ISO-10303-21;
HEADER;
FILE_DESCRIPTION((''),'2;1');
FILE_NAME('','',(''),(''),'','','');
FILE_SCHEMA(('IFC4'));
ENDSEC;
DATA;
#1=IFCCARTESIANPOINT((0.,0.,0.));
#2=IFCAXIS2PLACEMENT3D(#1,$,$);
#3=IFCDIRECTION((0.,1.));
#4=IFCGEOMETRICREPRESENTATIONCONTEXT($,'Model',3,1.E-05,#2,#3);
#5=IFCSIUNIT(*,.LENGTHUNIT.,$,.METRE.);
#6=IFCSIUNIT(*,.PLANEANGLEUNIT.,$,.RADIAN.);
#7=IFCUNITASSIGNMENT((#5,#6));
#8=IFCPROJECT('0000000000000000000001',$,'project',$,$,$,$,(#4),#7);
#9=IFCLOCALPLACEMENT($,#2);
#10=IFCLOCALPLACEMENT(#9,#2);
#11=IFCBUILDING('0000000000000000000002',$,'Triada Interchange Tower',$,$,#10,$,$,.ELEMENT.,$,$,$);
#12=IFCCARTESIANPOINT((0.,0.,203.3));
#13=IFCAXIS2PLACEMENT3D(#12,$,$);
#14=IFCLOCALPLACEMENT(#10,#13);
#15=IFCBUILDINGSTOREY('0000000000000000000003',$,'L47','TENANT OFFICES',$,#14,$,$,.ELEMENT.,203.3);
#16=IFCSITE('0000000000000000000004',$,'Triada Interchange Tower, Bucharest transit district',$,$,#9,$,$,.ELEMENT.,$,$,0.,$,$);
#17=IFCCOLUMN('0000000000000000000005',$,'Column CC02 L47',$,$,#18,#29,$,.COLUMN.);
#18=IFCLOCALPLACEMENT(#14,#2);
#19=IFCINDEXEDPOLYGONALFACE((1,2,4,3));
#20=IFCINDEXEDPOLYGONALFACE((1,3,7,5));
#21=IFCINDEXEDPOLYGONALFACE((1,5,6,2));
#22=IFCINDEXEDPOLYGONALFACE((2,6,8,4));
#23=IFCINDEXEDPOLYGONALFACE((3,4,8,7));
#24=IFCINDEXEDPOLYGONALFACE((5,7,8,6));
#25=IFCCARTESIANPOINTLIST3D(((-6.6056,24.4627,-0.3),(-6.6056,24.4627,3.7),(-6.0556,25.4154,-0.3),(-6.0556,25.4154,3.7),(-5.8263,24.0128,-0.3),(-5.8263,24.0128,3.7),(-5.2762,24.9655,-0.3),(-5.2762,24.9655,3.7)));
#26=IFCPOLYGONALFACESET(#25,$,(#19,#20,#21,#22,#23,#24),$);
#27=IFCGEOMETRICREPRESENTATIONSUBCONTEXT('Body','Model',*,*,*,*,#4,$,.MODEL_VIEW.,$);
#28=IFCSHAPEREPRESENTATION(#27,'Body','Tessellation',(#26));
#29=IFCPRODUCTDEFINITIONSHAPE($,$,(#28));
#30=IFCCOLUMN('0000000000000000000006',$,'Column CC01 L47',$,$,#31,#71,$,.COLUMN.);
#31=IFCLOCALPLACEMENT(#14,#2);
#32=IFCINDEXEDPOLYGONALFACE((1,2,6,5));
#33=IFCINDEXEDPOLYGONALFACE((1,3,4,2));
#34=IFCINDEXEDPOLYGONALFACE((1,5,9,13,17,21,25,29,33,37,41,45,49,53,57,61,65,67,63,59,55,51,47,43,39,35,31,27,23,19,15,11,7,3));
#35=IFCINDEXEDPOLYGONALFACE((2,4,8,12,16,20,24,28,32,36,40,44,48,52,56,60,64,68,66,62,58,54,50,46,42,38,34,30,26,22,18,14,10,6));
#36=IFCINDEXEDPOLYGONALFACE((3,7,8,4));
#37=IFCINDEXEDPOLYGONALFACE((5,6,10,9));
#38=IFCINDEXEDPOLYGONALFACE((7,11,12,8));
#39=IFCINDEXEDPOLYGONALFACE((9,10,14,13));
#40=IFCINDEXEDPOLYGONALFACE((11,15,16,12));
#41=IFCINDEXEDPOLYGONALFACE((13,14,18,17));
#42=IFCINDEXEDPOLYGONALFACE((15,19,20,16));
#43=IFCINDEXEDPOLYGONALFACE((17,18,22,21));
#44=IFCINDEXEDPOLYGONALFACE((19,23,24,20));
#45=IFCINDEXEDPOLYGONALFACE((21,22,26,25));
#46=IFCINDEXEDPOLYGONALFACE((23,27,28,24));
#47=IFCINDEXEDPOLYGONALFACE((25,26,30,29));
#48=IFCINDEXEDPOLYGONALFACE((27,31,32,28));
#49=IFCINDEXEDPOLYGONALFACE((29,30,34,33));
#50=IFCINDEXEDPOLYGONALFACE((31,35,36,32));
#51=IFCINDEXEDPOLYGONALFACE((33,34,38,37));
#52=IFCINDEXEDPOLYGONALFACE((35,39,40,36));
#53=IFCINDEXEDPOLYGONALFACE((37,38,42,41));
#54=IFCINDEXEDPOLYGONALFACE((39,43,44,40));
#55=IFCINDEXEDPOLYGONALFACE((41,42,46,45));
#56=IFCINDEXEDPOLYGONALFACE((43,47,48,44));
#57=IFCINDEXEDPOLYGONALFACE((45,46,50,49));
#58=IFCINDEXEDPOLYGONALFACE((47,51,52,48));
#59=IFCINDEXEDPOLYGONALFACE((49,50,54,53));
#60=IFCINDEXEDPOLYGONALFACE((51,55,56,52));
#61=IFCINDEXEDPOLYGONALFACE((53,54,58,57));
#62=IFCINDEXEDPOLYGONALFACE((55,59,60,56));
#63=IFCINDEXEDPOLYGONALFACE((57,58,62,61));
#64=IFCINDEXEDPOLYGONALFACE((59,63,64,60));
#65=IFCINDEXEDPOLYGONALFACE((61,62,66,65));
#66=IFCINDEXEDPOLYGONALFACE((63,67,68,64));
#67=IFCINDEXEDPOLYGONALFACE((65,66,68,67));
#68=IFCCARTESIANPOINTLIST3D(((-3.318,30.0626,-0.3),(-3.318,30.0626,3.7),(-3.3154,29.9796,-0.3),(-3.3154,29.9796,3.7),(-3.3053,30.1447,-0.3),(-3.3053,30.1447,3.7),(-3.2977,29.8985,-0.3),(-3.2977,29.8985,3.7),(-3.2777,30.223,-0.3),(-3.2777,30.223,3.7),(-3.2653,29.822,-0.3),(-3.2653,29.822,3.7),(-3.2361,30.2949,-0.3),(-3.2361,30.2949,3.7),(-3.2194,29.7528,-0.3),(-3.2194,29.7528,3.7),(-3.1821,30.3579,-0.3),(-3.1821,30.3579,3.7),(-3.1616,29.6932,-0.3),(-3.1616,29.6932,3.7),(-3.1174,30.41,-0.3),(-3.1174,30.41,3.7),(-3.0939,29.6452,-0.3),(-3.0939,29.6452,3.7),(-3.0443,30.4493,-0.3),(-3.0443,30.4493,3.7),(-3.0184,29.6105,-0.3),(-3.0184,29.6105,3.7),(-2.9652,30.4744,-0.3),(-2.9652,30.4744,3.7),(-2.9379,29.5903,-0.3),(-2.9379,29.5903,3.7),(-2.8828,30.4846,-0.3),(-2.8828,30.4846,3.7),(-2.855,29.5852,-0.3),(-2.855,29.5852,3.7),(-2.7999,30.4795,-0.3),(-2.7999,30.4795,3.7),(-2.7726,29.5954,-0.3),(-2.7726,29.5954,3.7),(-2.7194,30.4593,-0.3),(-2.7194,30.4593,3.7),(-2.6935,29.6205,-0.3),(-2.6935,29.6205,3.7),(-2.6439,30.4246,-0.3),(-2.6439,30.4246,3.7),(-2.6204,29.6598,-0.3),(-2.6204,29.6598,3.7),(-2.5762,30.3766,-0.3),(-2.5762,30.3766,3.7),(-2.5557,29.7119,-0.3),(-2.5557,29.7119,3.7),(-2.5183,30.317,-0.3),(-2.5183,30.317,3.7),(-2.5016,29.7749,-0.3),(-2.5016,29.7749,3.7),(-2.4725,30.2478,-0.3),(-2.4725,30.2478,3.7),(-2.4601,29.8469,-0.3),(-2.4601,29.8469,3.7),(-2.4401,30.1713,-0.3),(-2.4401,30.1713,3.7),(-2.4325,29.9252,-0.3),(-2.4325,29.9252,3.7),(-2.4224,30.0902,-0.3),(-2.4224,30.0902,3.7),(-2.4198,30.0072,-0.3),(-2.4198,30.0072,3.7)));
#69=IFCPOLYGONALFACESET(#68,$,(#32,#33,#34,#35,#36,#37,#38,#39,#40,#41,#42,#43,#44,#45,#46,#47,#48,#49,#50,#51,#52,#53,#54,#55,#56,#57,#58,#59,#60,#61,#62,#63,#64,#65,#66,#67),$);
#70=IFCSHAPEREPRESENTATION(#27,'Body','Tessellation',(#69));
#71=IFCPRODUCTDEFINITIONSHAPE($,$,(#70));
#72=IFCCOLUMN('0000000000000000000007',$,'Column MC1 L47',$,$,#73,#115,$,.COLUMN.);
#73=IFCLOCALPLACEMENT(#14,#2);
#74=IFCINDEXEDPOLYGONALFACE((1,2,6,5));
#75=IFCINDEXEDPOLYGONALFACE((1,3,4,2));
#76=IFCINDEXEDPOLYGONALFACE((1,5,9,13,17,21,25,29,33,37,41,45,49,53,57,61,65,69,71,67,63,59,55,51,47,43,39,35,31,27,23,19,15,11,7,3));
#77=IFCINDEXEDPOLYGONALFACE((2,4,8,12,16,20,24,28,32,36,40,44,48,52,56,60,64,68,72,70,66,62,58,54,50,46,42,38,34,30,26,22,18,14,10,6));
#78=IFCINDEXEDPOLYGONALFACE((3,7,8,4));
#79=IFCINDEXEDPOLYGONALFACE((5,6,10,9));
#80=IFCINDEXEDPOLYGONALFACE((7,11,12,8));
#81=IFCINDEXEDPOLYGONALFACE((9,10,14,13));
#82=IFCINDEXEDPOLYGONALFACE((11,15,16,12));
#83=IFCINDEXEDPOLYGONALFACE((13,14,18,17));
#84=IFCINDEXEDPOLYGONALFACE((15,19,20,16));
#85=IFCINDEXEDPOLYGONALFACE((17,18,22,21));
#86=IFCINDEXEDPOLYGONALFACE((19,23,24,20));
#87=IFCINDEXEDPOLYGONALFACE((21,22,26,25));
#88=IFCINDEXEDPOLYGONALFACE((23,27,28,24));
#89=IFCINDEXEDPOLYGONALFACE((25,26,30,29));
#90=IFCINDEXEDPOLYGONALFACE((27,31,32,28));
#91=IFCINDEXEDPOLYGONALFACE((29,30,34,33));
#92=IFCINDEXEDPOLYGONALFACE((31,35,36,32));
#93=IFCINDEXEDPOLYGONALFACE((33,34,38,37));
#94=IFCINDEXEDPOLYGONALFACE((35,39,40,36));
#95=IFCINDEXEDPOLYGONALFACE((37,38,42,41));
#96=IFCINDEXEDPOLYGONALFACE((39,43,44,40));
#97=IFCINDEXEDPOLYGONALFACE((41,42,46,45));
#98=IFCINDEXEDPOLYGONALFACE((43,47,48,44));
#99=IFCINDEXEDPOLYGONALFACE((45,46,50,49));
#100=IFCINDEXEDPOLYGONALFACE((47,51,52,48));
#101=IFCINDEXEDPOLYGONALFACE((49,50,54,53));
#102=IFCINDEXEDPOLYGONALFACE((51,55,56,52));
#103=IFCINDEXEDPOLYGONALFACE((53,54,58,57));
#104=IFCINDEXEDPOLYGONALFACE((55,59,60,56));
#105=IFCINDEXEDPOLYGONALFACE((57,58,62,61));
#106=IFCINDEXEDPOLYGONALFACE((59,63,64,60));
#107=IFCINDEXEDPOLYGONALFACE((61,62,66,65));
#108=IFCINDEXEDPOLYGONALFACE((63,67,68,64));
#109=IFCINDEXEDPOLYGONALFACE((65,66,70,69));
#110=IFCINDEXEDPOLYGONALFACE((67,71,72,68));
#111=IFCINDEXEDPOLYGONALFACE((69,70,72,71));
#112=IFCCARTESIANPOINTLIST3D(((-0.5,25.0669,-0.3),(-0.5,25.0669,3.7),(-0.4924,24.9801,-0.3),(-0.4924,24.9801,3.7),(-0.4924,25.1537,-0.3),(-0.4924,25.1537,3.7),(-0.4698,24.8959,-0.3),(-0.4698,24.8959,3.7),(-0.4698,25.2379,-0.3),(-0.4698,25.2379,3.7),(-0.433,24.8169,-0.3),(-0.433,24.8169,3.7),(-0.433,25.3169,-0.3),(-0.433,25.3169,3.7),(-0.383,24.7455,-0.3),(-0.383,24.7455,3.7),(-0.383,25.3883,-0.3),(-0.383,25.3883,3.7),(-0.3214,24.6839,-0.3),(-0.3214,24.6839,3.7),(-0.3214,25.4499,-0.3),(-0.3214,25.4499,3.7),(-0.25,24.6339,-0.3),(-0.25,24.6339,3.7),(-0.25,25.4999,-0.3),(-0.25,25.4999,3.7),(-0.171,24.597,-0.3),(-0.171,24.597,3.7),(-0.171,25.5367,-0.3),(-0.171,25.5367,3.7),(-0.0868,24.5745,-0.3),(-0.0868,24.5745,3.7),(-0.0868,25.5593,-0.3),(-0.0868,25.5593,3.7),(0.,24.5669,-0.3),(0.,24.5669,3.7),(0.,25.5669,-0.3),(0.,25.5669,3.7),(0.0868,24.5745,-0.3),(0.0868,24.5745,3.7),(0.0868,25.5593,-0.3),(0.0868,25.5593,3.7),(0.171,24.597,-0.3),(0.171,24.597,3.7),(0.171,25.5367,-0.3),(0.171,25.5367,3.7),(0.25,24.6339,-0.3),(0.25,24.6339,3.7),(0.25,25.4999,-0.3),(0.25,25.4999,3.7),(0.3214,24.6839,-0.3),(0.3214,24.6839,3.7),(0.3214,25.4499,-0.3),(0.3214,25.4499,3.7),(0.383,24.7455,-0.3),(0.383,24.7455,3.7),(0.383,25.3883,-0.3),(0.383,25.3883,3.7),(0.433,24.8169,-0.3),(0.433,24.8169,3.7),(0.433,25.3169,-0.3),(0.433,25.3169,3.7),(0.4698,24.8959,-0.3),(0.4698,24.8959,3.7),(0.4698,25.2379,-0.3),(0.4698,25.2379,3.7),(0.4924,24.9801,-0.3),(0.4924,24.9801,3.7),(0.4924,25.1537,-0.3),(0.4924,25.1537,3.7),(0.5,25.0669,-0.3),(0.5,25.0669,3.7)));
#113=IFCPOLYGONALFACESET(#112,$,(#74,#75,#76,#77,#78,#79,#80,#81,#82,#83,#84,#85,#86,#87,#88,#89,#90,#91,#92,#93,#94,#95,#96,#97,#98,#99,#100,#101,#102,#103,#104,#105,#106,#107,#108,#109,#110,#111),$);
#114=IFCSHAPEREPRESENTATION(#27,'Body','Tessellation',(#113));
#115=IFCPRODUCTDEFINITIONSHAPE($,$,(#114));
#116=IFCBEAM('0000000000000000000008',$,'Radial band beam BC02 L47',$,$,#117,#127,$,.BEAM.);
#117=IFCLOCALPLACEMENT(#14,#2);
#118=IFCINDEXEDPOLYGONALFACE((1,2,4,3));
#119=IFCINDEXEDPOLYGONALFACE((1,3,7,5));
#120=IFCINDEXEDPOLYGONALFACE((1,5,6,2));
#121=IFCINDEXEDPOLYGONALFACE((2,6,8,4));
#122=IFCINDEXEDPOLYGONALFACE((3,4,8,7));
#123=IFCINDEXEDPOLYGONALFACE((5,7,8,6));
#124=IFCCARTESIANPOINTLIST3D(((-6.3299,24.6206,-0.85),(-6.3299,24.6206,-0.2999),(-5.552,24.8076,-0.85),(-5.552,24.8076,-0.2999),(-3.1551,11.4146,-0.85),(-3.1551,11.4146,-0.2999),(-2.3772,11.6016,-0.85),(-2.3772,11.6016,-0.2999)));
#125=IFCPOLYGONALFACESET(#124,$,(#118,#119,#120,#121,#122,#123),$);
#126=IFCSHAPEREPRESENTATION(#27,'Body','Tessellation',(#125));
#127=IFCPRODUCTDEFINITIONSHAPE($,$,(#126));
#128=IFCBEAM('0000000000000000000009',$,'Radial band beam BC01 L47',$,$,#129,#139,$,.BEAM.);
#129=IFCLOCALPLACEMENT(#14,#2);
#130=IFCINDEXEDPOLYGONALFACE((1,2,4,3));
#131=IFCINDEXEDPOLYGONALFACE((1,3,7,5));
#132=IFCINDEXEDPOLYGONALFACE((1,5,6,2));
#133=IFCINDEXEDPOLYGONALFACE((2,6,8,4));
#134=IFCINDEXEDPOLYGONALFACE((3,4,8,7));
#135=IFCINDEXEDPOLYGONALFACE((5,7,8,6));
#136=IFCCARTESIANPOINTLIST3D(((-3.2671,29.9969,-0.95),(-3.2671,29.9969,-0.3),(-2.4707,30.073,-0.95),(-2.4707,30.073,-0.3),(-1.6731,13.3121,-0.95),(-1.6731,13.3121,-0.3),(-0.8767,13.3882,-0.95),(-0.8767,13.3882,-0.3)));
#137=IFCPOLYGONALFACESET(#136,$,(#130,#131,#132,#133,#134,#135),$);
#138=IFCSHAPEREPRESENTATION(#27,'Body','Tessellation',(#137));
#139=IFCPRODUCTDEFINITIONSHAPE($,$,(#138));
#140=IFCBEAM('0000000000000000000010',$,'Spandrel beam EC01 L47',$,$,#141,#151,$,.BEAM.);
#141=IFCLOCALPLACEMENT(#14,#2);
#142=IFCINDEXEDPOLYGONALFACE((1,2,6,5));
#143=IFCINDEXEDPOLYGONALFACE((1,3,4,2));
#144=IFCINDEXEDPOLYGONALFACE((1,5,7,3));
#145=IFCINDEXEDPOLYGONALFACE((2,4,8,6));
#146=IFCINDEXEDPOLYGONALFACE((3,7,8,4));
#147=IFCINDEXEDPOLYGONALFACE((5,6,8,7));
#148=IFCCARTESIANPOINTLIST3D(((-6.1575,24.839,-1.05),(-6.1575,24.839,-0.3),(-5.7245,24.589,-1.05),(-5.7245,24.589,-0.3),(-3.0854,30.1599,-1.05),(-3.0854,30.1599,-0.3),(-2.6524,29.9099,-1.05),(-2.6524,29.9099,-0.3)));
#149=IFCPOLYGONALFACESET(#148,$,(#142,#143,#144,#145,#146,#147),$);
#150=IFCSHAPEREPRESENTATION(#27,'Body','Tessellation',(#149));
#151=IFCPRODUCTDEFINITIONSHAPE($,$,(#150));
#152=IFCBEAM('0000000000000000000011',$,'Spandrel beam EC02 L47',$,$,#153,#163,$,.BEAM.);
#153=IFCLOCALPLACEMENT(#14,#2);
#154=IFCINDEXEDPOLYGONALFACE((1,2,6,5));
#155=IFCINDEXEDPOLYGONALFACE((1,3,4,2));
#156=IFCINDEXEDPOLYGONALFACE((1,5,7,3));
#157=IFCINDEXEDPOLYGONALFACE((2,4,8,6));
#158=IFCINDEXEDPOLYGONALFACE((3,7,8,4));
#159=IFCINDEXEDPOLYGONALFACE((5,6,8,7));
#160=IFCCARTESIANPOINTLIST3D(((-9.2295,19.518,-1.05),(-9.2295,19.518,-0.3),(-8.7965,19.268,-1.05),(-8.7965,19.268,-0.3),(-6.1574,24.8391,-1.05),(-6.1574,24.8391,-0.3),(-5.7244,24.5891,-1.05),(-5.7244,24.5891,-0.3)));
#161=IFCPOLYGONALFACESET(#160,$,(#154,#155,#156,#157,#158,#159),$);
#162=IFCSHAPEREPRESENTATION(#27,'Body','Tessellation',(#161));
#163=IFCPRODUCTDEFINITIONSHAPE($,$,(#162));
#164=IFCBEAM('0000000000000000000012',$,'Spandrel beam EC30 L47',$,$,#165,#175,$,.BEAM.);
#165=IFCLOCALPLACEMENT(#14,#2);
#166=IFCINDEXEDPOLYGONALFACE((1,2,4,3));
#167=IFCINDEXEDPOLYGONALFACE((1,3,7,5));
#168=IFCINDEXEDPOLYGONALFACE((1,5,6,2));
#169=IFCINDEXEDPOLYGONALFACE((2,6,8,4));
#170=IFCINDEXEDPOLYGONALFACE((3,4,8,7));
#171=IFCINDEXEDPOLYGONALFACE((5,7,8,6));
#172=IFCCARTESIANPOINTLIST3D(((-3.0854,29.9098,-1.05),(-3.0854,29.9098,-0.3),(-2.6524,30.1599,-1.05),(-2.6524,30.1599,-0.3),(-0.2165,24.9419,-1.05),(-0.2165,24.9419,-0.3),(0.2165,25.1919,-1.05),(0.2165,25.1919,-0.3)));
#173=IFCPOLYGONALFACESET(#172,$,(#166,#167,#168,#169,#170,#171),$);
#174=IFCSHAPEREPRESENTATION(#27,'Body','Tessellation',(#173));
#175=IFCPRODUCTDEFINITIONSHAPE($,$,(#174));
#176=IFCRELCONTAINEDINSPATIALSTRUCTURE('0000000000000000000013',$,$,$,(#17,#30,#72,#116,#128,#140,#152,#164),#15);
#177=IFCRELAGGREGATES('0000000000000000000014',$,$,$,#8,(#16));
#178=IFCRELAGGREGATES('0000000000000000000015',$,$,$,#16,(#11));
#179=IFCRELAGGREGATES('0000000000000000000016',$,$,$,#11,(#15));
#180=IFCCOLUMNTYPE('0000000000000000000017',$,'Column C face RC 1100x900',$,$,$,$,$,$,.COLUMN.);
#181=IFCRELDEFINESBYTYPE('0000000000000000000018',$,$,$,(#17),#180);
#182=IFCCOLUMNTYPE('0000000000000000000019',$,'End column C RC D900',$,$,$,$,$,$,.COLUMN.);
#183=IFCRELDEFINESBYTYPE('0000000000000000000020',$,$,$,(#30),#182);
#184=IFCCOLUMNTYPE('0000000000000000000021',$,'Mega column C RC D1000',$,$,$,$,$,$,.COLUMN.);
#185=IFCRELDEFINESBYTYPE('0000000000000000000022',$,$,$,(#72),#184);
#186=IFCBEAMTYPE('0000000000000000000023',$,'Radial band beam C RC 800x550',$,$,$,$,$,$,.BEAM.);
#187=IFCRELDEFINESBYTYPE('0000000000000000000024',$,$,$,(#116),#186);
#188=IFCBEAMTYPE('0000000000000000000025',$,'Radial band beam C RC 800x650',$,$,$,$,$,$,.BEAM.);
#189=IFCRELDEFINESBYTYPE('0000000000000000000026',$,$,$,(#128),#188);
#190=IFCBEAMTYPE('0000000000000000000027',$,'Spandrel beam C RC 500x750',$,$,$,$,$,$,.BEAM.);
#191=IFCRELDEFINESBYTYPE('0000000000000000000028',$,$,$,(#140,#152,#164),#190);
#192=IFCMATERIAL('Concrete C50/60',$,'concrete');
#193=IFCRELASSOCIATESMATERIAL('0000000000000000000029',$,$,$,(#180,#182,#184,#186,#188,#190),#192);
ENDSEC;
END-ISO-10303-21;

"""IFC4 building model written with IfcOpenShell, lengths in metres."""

from ifc_helpers import new_model, si_unit, direction, frame, origin, origin_2d, place, context, subcontext, project, spatial, rectangle, circle, extrude, material, material_profile, profile_set, type_object, element, save


model = new_model("IFC4")

# Units and contexts
model_context = context("Model", 3, precision=1e-05, world=origin(), true_north=direction((0.0, 1.0)))
body_context = subcontext(model_context, "Body", "Model", "MODEL_VIEW")
ifc_project = project(units=[si_unit("LENGTHUNIT", "METRE"), si_unit("PLANEANGLEUNIT", "RADIAN")], contexts=[model_context])

# Site, building, storey
site_placement = place(None, origin())
site = spatial("IfcSite", under=ifc_project, at=site_placement, Name="Triada Interchange Tower, Bucharest transit district", CompositionType="ELEMENT", RefElevation=0.0)
building_placement = place(site_placement, origin())
building = spatial("IfcBuilding", under=site, at=building_placement, Name="Triada Interchange Tower", CompositionType="ELEMENT")
storey_placement = place(building_placement, frame((0.0, 0.0, 203.3)))
storey = spatial("IfcBuildingStorey", under=building, at=storey_placement, Name="L47", Description="TENANT OFFICES", CompositionType="ELEMENT", Elevation=203.3)

# Columns
ifc_material_1 = material(Name="Concrete C50/60", Category="concrete")
ifc_material_profile_1 = material_profile(ifc_material_1, rectangle(XDim=1.1001, YDim=0.8999, at=origin_2d()), Name="RC 1100x900")
ifc_profile_set_1 = profile_set([ifc_material_profile_1], Name="Concrete C50/60")
column_type_1 = type_object("IfcColumnType", Name="Column C face RC 1100x900", PredefinedType="COLUMN", material=ifc_profile_set_1)
column_1_placement = place(storey_placement, frame((-5.9409, 24.7141, -0.3), z_axis=(0.0, 0.0, 1.0), x_axis=(0.5, 0.866025, 0.0)))
element("IfcColumn", 1, at=column_1_placement, inside=storey, type_object=column_type_1, Name="Column CC02 L47", PredefinedType="COLUMN", context=body_context, shape_type="SweptSolid", body=[
    extrude(rectangle(XDim=1.1001, YDim=0.8999, at=origin_2d()), origin(), (0.0, 0.0, 1.0), 4.0),
])
ifc_material_profile_2 = material_profile(ifc_material_1, circle(Radius=0.45, at=origin_2d()), Name="RC D900")
ifc_profile_set_2 = profile_set([ifc_material_profile_2], Name="Concrete C50/60")
column_type_2 = type_object("IfcColumnType", Name="End column C RC D900", PredefinedType="COLUMN", material=ifc_profile_set_2)
column_2_placement = place(storey_placement, frame((-2.8689, 30.0349, -0.3), z_axis=(0.0, 0.0, 1.0), x_axis=(0.5, 0.866025, 0.0)))
element("IfcColumn", 2, at=column_2_placement, inside=storey, type_object=column_type_2, Name="Column CC01 L47", PredefinedType="COLUMN", context=body_context, shape_type="SweptSolid", body=[
    extrude(circle(Radius=0.45, at=origin_2d()), origin(), (0.0, 0.0, 1.0), 4.0),
])
ifc_material_profile_3 = material_profile(ifc_material_1, circle(Radius=0.5, at=origin_2d()), Name="RC D1000")
ifc_profile_set_3 = profile_set([ifc_material_profile_3], Name="Concrete C50/60")
column_type_3 = type_object("IfcColumnType", Name="Mega column C RC D1000", PredefinedType="COLUMN", material=ifc_profile_set_3)
column_3_placement = place(storey_placement, frame((0.0, 25.0669, -0.3), z_axis=(0.0, 0.0, 1.0), x_axis=(1.0, 0.0, 0.0)))
element("IfcColumn", 3, at=column_3_placement, inside=storey, type_object=column_type_3, Name="Column MC1 L47", PredefinedType="COLUMN", context=body_context, shape_type="SweptSolid", body=[
    extrude(circle(Radius=0.5, at=origin_2d()), origin(), (0.0, 0.0, 1.0), 4.0),
])

# Beams
ifc_material_profile_4 = material_profile(ifc_material_1, rectangle(XDim=0.8, YDim=0.55, at=origin_2d()), Name="RC 800x550")
ifc_profile_set_4 = profile_set([ifc_material_profile_4], Name="Concrete C50/60")
beam_type_1 = type_object("IfcBeamType", Name="Radial band beam C RC 800x550", PredefinedType="BEAM", material=ifc_profile_set_4)
beam_1_placement = place(storey_placement, frame((-5.9409, 24.7141, -0.575), z_axis=(0.233745, -0.972298, 0.0), x_axis=(0.972298, 0.233745, 0.0)))
element("IfcBeam", 4, at=beam_1_placement, inside=storey, type_object=beam_type_1, Name="Radial band beam BC02 L47", PredefinedType="BEAM", context=body_context, shape_type="SweptSolid", body=[
    extrude(rectangle(XDim=0.8, YDim=0.55, at=origin_2d()), origin(), (0.0, 0.0, 1.0), 13.5823),
])
ifc_material_profile_5 = material_profile(ifc_material_1, rectangle(XDim=0.8, YDim=0.6499, at=origin_2d()), Name="RC 800x650")
ifc_profile_set_5 = profile_set([ifc_material_profile_5], Name="Concrete C50/60")
beam_type_2 = type_object("IfcBeamType", Name="Radial band beam C RC 800x650", PredefinedType="BEAM", material=ifc_profile_set_5)
beam_2_placement = place(storey_placement, frame((-2.8689, 30.0349, -0.625), z_axis=(0.095103, -0.995467, 0.0), x_axis=(0.995467, 0.095103, 0.0)))
element("IfcBeam", 5, at=beam_2_placement, inside=storey, type_object=beam_type_2, Name="Radial band beam BC01 L47", PredefinedType="BEAM", context=body_context, shape_type="SweptSolid", body=[
    extrude(rectangle(XDim=0.8, YDim=0.6499, at=origin_2d()), origin(), (0.0, 0.0, 1.0), 16.7607),
])
ifc_material_profile_6 = material_profile(ifc_material_1, rectangle(XDim=0.5, YDim=0.75, at=origin_2d()), Name="RC 500x750")
ifc_profile_set_6 = profile_set([ifc_material_profile_6], Name="Concrete C50/60")
beam_type_3 = type_object("IfcBeamType", Name="Spandrel beam C RC 500x750", PredefinedType="BEAM", material=ifc_profile_set_6)
beam_3_placement = place(storey_placement, frame((-2.8689, 30.0349, -0.675), z_axis=(-0.500007, -0.866021, 0.0), x_axis=(0.866021, -0.500007, 0.0)))
element("IfcBeam", 6, at=beam_3_placement, inside=storey, type_object=beam_type_3, Name="Spandrel beam EC01 L47", PredefinedType="BEAM", context=body_context, shape_type="SweptSolid", body=[
    extrude(rectangle(XDim=0.5, YDim=0.75, at=origin_2d()), origin(), (0.0, 0.0, 1.0), 6.144),
])
beam_4_placement = place(storey_placement, frame((-5.9409, 24.7141, -0.675), z_axis=(-0.49999, -0.866031, 0.0), x_axis=(0.866031, -0.49999, 0.0)))
element("IfcBeam", 7, at=beam_4_placement, inside=storey, type_object=beam_type_3, Name="Spandrel beam EC02 L47", PredefinedType="BEAM", context=body_context, shape_type="SweptSolid", body=[
    extrude(rectangle(XDim=0.5, YDim=0.75, at=origin_2d()), origin(), (0.0, 0.0, 1.0), 6.1443),
])
beam_5_placement = place(storey_placement, frame((0.0, 25.0669, -0.675), z_axis=(-0.50008, 0.865979, 0.0), x_axis=(-0.865979, -0.50008, 0.0)))
element("IfcBeam", 8, at=beam_5_placement, inside=storey, type_object=beam_type_3, Name="Spandrel beam EC30 L47", PredefinedType="BEAM", context=body_context, shape_type="SweptSolid", body=[
    extrude(rectangle(XDim=0.5, YDim=0.75, at=origin_2d()), origin(), (0.0, 0.0, 1.0), 5.7368),
])

save(model, "model.ifc")
